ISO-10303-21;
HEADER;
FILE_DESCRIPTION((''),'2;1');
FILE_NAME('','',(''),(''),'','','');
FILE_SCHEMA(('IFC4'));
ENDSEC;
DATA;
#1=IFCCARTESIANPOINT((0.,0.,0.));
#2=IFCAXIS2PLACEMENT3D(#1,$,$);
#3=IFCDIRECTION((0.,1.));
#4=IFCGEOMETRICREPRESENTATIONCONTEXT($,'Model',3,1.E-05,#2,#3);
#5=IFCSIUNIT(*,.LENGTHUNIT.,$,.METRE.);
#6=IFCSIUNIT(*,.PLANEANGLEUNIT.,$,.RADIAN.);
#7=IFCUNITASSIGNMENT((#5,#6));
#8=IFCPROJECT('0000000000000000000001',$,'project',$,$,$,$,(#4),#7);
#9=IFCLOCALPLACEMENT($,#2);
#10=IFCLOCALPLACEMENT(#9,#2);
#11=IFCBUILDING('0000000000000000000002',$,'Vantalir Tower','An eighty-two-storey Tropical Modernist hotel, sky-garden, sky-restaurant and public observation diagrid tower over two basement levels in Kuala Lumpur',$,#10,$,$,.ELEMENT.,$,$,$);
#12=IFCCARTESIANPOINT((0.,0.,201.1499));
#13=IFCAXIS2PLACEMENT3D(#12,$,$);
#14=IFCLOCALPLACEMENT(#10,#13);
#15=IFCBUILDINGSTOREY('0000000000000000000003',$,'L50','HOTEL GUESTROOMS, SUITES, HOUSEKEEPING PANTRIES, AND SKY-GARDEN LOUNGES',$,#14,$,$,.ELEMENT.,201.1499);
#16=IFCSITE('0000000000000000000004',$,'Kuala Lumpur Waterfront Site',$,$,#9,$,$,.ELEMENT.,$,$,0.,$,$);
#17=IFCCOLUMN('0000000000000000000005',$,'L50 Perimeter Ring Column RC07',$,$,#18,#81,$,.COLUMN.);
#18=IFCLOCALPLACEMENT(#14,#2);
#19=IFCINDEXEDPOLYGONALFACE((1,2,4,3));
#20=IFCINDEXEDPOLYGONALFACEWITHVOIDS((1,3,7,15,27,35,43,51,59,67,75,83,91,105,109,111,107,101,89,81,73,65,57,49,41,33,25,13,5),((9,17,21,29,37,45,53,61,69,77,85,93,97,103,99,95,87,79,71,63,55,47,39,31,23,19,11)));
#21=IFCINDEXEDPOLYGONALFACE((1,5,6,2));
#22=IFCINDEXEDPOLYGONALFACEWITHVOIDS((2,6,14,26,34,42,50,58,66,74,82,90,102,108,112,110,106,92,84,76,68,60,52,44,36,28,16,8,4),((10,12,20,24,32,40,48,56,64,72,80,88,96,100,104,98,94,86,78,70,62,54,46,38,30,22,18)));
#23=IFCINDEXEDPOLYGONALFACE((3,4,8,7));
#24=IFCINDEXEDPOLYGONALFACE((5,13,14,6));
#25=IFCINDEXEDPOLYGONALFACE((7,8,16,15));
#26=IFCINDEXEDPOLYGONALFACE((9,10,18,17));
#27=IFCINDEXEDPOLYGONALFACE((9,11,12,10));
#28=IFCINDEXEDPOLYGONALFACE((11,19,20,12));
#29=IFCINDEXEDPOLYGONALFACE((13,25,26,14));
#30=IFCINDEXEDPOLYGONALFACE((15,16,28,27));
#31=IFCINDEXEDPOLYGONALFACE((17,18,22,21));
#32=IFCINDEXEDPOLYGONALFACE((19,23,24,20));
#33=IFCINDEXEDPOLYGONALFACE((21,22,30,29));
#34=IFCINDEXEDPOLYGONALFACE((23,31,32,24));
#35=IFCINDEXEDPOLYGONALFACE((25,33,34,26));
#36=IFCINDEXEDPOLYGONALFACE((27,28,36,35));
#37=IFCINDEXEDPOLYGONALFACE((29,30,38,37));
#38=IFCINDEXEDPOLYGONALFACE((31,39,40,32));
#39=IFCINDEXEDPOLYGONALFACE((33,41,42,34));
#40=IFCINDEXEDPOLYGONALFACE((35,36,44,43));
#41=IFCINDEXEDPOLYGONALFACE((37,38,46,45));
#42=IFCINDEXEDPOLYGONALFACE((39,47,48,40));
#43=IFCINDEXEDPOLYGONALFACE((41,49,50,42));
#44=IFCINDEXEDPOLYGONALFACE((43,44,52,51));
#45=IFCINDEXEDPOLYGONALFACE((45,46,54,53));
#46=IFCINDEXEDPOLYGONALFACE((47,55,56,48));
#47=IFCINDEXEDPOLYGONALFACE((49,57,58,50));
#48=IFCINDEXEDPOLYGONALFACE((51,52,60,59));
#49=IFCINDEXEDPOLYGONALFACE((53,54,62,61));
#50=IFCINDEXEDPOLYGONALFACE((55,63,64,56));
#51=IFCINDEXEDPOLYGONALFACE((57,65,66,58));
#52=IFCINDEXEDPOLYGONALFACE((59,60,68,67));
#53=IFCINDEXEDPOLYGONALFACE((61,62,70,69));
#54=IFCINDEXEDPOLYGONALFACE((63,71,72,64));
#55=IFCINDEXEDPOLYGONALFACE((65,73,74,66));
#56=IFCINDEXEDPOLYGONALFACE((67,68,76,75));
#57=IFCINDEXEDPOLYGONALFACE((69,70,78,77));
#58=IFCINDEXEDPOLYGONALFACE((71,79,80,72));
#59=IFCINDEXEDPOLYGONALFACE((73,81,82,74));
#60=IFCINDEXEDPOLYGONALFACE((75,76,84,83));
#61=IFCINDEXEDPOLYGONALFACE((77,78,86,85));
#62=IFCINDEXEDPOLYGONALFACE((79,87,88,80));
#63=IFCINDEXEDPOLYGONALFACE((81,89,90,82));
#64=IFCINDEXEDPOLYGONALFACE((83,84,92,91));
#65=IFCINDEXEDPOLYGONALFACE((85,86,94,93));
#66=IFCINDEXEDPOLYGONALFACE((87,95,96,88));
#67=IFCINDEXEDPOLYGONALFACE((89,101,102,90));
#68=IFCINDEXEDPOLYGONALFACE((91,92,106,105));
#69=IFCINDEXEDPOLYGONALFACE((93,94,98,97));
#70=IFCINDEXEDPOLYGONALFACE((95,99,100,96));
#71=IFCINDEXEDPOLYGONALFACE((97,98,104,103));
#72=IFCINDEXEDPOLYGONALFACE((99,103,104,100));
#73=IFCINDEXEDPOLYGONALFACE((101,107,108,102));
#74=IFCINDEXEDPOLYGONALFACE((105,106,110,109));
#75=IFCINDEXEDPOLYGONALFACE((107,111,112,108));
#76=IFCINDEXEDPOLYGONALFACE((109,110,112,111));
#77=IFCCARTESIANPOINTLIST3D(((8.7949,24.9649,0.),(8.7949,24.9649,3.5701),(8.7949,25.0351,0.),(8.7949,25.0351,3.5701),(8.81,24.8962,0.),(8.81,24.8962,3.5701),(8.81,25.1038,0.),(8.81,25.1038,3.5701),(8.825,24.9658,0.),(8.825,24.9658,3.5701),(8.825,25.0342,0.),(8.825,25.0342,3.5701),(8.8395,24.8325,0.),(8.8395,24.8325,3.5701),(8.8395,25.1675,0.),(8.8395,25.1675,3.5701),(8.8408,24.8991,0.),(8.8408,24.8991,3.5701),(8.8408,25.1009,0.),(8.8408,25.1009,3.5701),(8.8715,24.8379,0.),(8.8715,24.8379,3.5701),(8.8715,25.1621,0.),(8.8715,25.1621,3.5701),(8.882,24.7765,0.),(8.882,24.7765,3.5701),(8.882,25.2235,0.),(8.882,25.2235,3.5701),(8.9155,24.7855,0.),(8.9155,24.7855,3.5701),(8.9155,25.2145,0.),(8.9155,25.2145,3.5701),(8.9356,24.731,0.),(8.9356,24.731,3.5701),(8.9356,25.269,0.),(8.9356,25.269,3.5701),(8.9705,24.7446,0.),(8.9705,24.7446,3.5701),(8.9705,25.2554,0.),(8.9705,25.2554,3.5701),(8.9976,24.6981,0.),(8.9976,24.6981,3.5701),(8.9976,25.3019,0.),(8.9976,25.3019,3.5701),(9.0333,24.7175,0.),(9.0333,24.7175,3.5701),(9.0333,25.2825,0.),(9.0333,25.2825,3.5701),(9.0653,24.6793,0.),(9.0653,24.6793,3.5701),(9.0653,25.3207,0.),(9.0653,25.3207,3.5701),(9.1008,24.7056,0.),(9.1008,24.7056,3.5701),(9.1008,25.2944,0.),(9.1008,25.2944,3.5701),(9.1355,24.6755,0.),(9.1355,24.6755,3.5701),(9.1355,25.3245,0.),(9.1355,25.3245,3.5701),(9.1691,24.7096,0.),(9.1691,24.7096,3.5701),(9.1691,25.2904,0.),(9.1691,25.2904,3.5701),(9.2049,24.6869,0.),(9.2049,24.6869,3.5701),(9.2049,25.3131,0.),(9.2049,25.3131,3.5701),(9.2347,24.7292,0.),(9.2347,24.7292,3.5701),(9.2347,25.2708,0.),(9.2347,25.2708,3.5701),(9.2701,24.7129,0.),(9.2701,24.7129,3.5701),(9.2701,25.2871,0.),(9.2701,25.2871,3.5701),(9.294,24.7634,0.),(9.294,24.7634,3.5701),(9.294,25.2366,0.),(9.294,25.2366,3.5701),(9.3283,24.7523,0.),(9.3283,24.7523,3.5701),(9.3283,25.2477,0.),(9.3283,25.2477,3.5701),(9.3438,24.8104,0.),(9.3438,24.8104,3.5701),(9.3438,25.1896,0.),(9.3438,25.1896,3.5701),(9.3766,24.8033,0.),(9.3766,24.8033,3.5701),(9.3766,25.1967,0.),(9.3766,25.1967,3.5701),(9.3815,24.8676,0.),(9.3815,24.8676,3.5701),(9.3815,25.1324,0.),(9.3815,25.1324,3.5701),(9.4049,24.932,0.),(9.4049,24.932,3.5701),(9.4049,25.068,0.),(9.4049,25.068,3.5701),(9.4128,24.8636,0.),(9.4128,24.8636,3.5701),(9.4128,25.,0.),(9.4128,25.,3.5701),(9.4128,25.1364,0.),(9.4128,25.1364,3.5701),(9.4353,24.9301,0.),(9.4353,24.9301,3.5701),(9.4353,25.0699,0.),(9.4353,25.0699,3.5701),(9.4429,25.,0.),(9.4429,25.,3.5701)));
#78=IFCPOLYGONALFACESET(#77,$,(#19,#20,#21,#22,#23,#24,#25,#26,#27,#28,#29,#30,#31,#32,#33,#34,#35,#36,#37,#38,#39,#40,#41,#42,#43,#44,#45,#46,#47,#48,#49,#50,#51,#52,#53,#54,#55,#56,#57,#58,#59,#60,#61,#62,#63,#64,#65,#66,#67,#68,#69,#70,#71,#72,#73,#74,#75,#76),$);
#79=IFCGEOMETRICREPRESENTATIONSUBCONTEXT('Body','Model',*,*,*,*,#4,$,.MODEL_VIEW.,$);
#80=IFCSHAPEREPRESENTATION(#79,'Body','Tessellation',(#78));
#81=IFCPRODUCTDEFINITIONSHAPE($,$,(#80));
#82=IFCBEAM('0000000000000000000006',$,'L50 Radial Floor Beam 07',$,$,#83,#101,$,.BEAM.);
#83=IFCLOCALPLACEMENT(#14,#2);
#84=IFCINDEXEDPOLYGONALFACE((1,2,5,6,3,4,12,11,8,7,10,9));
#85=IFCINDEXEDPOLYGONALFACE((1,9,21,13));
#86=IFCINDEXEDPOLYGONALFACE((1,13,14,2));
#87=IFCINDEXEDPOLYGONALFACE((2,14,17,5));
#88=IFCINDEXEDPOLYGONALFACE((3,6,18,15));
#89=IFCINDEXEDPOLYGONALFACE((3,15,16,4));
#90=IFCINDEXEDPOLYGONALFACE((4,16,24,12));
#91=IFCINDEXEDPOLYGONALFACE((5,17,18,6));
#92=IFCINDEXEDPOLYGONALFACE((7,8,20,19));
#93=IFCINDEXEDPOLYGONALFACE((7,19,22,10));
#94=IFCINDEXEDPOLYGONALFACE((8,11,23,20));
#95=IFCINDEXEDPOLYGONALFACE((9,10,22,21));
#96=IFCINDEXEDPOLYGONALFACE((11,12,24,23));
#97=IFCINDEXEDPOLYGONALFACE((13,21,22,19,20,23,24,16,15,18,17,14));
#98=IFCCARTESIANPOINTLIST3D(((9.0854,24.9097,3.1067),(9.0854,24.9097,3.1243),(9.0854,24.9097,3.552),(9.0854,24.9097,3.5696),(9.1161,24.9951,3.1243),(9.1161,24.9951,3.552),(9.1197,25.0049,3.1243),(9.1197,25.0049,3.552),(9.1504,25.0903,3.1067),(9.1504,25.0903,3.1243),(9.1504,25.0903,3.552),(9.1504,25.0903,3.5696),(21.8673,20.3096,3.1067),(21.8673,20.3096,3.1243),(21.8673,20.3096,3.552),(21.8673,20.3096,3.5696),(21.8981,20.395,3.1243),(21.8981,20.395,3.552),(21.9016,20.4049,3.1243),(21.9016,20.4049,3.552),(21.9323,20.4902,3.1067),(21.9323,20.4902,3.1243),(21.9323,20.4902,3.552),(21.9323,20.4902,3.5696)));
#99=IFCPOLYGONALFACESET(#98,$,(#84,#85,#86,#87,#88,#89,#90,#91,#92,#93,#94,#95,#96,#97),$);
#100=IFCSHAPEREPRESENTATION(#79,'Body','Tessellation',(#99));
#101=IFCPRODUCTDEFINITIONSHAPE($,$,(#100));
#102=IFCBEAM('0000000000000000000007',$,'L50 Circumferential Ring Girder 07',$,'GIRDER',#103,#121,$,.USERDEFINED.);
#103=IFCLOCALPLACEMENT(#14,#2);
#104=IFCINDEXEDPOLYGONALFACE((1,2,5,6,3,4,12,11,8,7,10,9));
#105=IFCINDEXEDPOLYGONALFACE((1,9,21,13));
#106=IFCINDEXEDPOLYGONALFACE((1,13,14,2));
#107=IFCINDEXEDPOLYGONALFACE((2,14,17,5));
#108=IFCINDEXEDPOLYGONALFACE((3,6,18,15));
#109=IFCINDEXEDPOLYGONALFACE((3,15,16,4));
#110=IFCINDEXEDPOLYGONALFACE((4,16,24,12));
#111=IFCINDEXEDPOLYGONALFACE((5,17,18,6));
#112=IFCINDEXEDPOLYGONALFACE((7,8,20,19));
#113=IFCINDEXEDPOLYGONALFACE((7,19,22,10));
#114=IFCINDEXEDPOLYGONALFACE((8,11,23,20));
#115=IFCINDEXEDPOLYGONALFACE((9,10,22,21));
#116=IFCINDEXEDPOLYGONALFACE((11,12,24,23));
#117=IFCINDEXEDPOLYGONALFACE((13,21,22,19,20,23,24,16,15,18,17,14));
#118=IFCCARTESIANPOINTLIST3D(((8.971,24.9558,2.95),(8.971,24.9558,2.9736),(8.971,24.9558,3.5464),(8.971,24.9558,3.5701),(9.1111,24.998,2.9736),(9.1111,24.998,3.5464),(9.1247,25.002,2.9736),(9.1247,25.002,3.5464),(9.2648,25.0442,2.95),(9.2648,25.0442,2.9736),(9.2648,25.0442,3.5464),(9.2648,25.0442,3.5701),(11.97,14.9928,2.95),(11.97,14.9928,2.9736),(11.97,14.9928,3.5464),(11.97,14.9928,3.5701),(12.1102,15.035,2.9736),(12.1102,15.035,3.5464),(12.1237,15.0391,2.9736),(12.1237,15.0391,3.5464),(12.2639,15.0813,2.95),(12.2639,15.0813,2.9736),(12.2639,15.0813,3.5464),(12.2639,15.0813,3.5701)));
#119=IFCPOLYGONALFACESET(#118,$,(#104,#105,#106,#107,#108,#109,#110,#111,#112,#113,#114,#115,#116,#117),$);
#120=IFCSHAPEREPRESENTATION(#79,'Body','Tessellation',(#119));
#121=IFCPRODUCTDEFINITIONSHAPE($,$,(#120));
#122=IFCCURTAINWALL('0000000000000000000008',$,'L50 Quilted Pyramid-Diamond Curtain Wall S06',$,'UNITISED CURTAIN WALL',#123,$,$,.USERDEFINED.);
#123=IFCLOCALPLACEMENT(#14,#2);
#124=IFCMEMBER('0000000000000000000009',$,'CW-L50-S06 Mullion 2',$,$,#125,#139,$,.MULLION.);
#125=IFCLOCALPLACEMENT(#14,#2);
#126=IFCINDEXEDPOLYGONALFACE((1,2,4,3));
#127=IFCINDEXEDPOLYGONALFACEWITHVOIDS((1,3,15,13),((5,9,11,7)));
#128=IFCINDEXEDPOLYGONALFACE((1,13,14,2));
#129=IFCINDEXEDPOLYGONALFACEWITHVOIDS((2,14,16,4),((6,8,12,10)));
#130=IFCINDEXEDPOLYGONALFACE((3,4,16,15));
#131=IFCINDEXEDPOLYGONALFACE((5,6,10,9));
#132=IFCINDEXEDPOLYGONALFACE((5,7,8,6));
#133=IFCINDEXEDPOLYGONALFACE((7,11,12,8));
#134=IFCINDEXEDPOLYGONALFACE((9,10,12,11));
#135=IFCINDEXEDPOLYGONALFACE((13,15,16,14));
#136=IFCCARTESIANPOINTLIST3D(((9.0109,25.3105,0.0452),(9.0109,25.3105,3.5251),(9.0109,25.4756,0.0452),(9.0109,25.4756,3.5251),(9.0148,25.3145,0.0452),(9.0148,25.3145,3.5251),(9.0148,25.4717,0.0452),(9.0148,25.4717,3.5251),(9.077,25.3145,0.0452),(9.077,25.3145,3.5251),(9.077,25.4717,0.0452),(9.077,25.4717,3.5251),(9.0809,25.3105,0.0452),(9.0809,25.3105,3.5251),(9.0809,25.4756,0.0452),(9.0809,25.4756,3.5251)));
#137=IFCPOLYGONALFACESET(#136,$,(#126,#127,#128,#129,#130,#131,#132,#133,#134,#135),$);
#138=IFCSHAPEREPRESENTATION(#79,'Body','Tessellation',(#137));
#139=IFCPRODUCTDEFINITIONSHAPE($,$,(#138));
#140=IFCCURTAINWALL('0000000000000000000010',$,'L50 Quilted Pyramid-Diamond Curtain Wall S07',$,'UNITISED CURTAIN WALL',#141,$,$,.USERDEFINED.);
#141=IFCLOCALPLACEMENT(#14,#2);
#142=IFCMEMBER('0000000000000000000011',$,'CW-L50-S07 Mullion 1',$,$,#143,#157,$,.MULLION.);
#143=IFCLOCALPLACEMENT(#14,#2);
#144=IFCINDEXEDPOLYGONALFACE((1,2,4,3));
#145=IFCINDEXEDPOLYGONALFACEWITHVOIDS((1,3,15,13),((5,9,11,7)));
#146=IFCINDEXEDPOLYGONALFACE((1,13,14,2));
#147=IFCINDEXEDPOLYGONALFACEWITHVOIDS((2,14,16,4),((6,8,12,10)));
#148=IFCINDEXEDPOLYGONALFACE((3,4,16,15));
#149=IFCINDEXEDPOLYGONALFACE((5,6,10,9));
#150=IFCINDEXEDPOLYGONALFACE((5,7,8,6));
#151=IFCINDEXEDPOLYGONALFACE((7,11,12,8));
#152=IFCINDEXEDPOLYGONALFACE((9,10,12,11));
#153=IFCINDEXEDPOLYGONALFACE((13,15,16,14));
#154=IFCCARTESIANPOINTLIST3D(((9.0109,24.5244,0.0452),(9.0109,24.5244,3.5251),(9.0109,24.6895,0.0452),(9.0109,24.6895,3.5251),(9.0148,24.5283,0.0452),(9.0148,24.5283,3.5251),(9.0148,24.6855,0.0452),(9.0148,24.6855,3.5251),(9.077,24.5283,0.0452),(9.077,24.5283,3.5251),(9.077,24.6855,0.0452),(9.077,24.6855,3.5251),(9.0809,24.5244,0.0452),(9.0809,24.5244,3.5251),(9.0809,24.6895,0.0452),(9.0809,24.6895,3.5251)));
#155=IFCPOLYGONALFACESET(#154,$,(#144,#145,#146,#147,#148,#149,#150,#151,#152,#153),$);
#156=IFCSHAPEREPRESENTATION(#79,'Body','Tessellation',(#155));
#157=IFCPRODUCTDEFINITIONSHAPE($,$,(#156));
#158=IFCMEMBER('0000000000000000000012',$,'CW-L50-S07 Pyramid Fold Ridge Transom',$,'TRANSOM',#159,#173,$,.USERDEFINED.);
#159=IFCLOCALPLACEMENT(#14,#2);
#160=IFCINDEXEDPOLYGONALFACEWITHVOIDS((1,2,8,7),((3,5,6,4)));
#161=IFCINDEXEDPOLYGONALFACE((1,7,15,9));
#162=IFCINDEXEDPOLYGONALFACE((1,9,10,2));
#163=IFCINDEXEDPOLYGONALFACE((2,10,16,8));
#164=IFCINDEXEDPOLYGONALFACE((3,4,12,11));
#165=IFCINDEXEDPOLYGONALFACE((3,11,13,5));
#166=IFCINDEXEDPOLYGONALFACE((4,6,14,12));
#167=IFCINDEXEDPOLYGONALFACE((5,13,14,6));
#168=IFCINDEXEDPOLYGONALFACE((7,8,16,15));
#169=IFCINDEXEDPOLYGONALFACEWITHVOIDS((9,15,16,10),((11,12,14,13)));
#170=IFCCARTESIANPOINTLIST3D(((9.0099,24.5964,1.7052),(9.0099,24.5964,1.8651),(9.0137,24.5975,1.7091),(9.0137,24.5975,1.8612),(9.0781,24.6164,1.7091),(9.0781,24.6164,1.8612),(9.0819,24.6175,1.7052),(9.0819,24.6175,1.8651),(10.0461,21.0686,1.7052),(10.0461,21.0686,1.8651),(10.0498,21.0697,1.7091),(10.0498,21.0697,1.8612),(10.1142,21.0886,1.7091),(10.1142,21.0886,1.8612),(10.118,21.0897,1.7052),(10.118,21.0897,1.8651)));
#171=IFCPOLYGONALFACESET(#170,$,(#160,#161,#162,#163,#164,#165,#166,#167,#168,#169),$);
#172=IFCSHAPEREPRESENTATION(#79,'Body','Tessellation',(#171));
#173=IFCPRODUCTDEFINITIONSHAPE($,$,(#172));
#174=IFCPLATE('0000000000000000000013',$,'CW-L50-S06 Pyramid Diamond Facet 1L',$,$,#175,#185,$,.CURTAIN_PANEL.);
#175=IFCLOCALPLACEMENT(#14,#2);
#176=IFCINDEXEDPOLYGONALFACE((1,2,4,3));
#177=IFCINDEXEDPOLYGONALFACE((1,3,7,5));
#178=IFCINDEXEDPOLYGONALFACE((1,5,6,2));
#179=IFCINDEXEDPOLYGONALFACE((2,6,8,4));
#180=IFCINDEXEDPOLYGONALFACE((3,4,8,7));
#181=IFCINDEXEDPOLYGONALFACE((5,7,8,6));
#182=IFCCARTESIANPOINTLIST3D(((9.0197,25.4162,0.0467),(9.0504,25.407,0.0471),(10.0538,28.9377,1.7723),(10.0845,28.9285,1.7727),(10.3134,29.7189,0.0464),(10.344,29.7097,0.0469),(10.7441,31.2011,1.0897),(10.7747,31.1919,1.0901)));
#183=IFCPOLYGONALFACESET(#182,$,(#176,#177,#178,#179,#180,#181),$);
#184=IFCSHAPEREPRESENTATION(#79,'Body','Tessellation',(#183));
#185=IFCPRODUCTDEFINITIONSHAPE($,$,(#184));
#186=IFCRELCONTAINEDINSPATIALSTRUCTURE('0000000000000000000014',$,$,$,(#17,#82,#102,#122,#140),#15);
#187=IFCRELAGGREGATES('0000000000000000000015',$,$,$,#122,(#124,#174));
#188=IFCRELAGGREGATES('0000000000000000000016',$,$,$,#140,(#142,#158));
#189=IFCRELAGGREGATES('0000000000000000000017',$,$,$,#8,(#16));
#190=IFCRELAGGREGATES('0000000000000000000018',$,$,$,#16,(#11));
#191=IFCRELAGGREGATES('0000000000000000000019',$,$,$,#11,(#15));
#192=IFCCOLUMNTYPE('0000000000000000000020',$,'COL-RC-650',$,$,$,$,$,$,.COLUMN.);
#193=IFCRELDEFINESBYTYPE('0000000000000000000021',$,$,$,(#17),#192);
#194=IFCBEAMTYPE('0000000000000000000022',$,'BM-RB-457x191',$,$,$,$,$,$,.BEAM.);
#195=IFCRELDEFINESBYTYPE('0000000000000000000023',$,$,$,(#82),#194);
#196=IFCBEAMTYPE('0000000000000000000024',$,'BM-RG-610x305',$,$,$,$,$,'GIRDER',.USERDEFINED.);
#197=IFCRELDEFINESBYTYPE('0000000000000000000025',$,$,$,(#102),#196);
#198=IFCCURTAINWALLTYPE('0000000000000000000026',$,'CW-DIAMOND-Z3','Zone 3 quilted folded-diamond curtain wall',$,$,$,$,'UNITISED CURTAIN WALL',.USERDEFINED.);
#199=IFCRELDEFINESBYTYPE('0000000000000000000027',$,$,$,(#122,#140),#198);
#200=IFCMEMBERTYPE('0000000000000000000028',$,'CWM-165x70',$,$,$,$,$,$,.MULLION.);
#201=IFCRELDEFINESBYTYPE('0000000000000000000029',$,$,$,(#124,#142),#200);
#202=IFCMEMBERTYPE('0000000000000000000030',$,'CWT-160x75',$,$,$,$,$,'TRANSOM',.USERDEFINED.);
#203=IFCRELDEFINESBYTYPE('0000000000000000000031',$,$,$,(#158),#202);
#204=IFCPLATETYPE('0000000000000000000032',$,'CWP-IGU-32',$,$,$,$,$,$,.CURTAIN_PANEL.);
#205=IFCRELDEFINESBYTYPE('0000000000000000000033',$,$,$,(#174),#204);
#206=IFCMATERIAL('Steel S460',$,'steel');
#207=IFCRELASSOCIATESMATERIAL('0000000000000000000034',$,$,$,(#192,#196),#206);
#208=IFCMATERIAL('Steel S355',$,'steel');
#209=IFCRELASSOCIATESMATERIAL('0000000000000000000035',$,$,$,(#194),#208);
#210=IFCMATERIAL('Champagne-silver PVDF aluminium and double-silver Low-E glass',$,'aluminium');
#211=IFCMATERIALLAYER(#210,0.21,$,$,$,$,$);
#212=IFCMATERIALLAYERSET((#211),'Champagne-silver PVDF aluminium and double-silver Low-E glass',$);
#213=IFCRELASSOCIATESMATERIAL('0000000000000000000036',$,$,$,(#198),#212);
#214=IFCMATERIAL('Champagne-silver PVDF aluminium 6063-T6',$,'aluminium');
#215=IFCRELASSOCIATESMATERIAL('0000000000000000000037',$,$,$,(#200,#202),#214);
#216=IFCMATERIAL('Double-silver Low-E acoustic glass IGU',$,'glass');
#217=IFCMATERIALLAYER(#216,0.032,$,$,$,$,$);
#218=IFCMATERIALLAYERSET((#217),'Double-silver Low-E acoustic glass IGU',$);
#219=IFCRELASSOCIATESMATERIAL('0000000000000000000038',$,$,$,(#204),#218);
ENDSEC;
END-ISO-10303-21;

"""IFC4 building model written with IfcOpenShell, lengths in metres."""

from ifc_helpers import new_model, si_unit, direction, frame, origin, origin_2d, place, context, subcontext, project, spatial, polyline, hollow_rectangle, hollow_circle, i_section, outline, extrude, material, layer, layer_set, material_profile, profile_set, type_object, element, aggregate, save


model = new_model("IFC4")

# Units and contexts
model_context = context("Model", 3, precision=1e-05, world=origin(), true_north=direction((0.0, 1.0)))
body_context = subcontext(model_context, "Body", "Model", "MODEL_VIEW")
ifc_project = project(units=[si_unit("LENGTHUNIT", "METRE"), si_unit("PLANEANGLEUNIT", "RADIAN")], contexts=[model_context])

# Site, building, storey
site_placement = place(None, origin())
site = spatial("IfcSite", under=ifc_project, at=site_placement, Name="Kuala Lumpur Waterfront Site", CompositionType="ELEMENT", RefElevation=0.0)
building_placement = place(site_placement, origin())
building = spatial("IfcBuilding", under=site, at=building_placement, Name="Vantalir Tower", Description="An eighty-two-storey Tropical Modernist hotel, sky-garden, sky-restaurant and public observation diagrid tower over two basement levels in Kuala Lumpur", CompositionType="ELEMENT")
storey_placement = place(building_placement, frame((0.0, 0.0, 201.1499)))
storey = spatial("IfcBuildingStorey", under=building, at=storey_placement, Name="L50", Description="HOTEL GUESTROOMS, SUITES, HOUSEKEEPING PANTRIES, AND SKY-GARDEN LOUNGES", CompositionType="ELEMENT", Elevation=201.1499)

# Column
ifc_material_1 = material(Name="Steel S460", Category="steel")
ifc_material_profile_1 = material_profile(ifc_material_1, hollow_circle(Radius=0.325, WallThickness=0.03, at=origin_2d()), Name="Steel S460")
ifc_profile_set_1 = profile_set([ifc_material_profile_1], Name="Steel S460")
column_type = type_object("IfcColumnType", Name="COL-RC-650", PredefinedType="COLUMN", material=ifc_profile_set_1)
column_placement = place(storey_placement, frame((9.1179, 25.0, 0.0), z_axis=(0.0, 0.0, 1.0), x_axis=(1.0, 0.0, 0.0)))
element("IfcColumn", 1, at=column_placement, inside=storey, type_object=column_type, Name="L50 Perimeter Ring Column RC07", PredefinedType="COLUMN", context=body_context, shape_type="SweptSolid", body=[
    extrude(hollow_circle(Radius=0.325, WallThickness=0.03, at=origin_2d()), origin(), (0.0, 0.0, 1.0), 3.5701),
])

# Beams
ifc_material_2 = material(Name="Steel S355", Category="steel")
ifc_material_profile_2 = material_profile(ifc_material_2, i_section(OverallWidth=0.1919, OverallDepth=0.4629, WebThickness=0.0105, FlangeThickness=0.0176, at=origin_2d()), Name="Steel S355")
ifc_profile_set_2 = profile_set([ifc_material_profile_2], Name="Steel S355")
beam_type_1 = type_object("IfcBeamType", Name="BM-RB-457x191", PredefinedType="BEAM", material=ifc_profile_set_2)
beam_1_placement = place(storey_placement, frame((9.1179, 25.0, 3.3381), z_axis=(0.940921, -0.338627, 0.0), x_axis=(0.338627, 0.940921, 0.0)))
element("IfcBeam", 2, at=beam_1_placement, inside=storey, type_object=beam_type_1, Name="L50 Radial Floor Beam 07", PredefinedType="BEAM", context=body_context, shape_type="SweptSolid", body=[
    extrude(i_section(OverallWidth=0.1919, OverallDepth=0.4629, WebThickness=0.0105, FlangeThickness=0.0176, at=origin_2d()), origin(), (0.0, 0.0, 1.0), 13.5845),
])
ifc_material_profile_3 = material_profile(ifc_material_1, i_section(OverallWidth=0.3069, OverallDepth=0.6201, WebThickness=0.0142, FlangeThickness=0.0237, at=origin_2d()), Name="Steel S460")
ifc_profile_set_3 = profile_set([ifc_material_profile_3], Name="Steel S460")
beam_type_2 = type_object("IfcBeamType", Name="BM-RG-610x305", ElementType="GIRDER", PredefinedType="USERDEFINED", material=ifc_profile_set_3)
beam_2_placement = place(storey_placement, frame((9.1179, 25.0, 3.26), z_axis=(0.288243, -0.957557, 0.0), x_axis=(0.957557, 0.288243, 0.0)))
element("IfcBeam", 3, at=beam_2_placement, inside=storey, type_object=beam_type_2, Name="L50 Circumferential Ring Girder 07", ObjectType="GIRDER", PredefinedType="USERDEFINED", context=body_context, shape_type="SweptSolid", body=[
    extrude(i_section(OverallWidth=0.3069, OverallDepth=0.6201, WebThickness=0.0142, FlangeThickness=0.0237, at=origin_2d()), origin(), (0.0, 0.0, 1.0), 10.4045),
])

# Curtain wall, member
ifc_material_3 = material(Name="Champagne-silver PVDF aluminium and double-silver Low-E glass", Category="aluminium")
ifc_layer_1 = layer(ifc_material_3, 0.21)
ifc_layer_set_1 = layer_set([ifc_layer_1], Name="Champagne-silver PVDF aluminium and double-silver Low-E glass")
curtain_wall_type = type_object("IfcCurtainWallType", Name="CW-DIAMOND-Z3", Description="Zone 3 quilted folded-diamond curtain wall", ElementType="UNITISED CURTAIN WALL", PredefinedType="USERDEFINED", material=ifc_layer_set_1)
curtain_wall_1_placement = place(storey_placement, origin())
curtain_wall_1 = element("IfcCurtainWall", 4, at=curtain_wall_1_placement, inside=storey, type_object=curtain_wall_type, Name="L50 Quilted Pyramid-Diamond Curtain Wall S06", ObjectType="UNITISED CURTAIN WALL", PredefinedType="USERDEFINED")
ifc_material_4 = material(Name="Champagne-silver PVDF aluminium 6063-T6", Category="aluminium")
ifc_material_profile_4 = material_profile(ifc_material_4, hollow_rectangle(XDim=0.0701, YDim=0.165, WallThickness=0.0039, at=origin_2d()), Name="Champagne-silver PVDF aluminium 6063-T6")
ifc_profile_set_4 = profile_set([ifc_material_profile_4], Name="Champagne-silver PVDF aluminium 6063-T6")
member_type_1 = type_object("IfcMemberType", Name="CWM-165x70", PredefinedType="MULLION", material=ifc_profile_set_4)
member_1_placement = place(storey_placement, frame((9.0459, 25.3931, 0.0452), z_axis=(0.0, 0.0, 1.0), x_axis=(1.0, 0.0, 0.0)))
member_1 = element("IfcMember", 5, at=member_1_placement, type_object=member_type_1, Name="CW-L50-S06 Mullion 2", PredefinedType="MULLION", context=body_context, shape_type="SweptSolid", body=[
    extrude(hollow_rectangle(XDim=0.0701, YDim=0.165, WallThickness=0.0039, at=origin_2d()), origin(), (0.0, 0.0, 1.0), 3.48),
])

# Curtain wall, members
curtain_wall_2_placement = place(storey_placement, origin())
curtain_wall_2 = element("IfcCurtainWall", 6, at=curtain_wall_2_placement, inside=storey, type_object=curtain_wall_type, Name="L50 Quilted Pyramid-Diamond Curtain Wall S07", ObjectType="UNITISED CURTAIN WALL", PredefinedType="USERDEFINED")
member_2_placement = place(storey_placement, frame((9.0459, 24.6069, 0.0452), z_axis=(0.0, 0.0, 1.0), x_axis=(1.0, 0.0, 0.0)))
member_2 = element("IfcMember", 7, at=member_2_placement, type_object=member_type_1, Name="CW-L50-S07 Mullion 1", PredefinedType="MULLION", context=body_context, shape_type="SweptSolid", body=[
    extrude(hollow_rectangle(XDim=0.0701, YDim=0.165, WallThickness=0.0039, at=origin_2d()), origin(), (0.0, 0.0, 1.0), 3.48),
])
ifc_material_profile_5 = material_profile(ifc_material_4, hollow_rectangle(XDim=0.075, YDim=0.1599, WallThickness=0.0039, at=origin_2d()), Name="Champagne-silver PVDF aluminium 6063-T6")
ifc_profile_set_5 = profile_set([ifc_material_profile_5], Name="Champagne-silver PVDF aluminium 6063-T6")
member_type_2 = type_object("IfcMemberType", Name="CWT-160x75", ElementType="TRANSOM", PredefinedType="USERDEFINED", material=ifc_profile_set_5)
member_3_placement = place(storey_placement, frame((9.0459, 24.6069, 1.7852), z_axis=(0.2818, -0.959473, 0.0), x_axis=(0.959473, 0.2818, 0.0)))
member_3 = element("IfcMember", 8, at=member_3_placement, type_object=member_type_2, Name="CW-L50-S07 Pyramid Fold Ridge Transom", ObjectType="TRANSOM", PredefinedType="USERDEFINED", context=body_context, shape_type="SweptSolid", body=[
    extrude(hollow_rectangle(XDim=0.075, YDim=0.1599, WallThickness=0.0039, at=origin_2d()), origin(), (0.0, 0.0, 1.0), 3.6768),
])

# Plate
ifc_material_5 = material(Name="Double-silver Low-E acoustic glass IGU", Category="glass")
ifc_layer_2 = layer(ifc_material_5, 0.032)
ifc_layer_set_2 = layer_set([ifc_layer_2], Name="Double-silver Low-E acoustic glass IGU")
plate_type_1 = type_object("IfcPlateType", Name="CWP-IGU-32", PredefinedType="CURTAIN_PANEL", material=ifc_layer_set_2)
plate_1_placement = place(storey_placement, frame((10.344, 29.7097, 0.0469), z_axis=(0.957564, -0.287895, 0.013669), x_axis=(-0.287923, -0.957654, 0.000055)))
plate_1 = element("IfcPlate", 9, at=plate_1_placement, type_object=plate_type_1, Name="CW-L50-S06 Pyramid Diamond Facet 1L", PredefinedType="CURTAIN_PANEL", context=body_context, shape_type="SweptSolid", body=[
    extrude(outline(polyline([(0.0, 0.0), (4.493, 0.0), (0.823, -1.7259), (-1.5434, -1.0434), (0.0, 0.0)])), origin(), (0.0, 0.0, -1.0), 0.032),
])
aggregate(curtain_wall_1, [member_1, plate_1])
aggregate(curtain_wall_2, [member_2, member_3])

save(model, "model.ifc")
